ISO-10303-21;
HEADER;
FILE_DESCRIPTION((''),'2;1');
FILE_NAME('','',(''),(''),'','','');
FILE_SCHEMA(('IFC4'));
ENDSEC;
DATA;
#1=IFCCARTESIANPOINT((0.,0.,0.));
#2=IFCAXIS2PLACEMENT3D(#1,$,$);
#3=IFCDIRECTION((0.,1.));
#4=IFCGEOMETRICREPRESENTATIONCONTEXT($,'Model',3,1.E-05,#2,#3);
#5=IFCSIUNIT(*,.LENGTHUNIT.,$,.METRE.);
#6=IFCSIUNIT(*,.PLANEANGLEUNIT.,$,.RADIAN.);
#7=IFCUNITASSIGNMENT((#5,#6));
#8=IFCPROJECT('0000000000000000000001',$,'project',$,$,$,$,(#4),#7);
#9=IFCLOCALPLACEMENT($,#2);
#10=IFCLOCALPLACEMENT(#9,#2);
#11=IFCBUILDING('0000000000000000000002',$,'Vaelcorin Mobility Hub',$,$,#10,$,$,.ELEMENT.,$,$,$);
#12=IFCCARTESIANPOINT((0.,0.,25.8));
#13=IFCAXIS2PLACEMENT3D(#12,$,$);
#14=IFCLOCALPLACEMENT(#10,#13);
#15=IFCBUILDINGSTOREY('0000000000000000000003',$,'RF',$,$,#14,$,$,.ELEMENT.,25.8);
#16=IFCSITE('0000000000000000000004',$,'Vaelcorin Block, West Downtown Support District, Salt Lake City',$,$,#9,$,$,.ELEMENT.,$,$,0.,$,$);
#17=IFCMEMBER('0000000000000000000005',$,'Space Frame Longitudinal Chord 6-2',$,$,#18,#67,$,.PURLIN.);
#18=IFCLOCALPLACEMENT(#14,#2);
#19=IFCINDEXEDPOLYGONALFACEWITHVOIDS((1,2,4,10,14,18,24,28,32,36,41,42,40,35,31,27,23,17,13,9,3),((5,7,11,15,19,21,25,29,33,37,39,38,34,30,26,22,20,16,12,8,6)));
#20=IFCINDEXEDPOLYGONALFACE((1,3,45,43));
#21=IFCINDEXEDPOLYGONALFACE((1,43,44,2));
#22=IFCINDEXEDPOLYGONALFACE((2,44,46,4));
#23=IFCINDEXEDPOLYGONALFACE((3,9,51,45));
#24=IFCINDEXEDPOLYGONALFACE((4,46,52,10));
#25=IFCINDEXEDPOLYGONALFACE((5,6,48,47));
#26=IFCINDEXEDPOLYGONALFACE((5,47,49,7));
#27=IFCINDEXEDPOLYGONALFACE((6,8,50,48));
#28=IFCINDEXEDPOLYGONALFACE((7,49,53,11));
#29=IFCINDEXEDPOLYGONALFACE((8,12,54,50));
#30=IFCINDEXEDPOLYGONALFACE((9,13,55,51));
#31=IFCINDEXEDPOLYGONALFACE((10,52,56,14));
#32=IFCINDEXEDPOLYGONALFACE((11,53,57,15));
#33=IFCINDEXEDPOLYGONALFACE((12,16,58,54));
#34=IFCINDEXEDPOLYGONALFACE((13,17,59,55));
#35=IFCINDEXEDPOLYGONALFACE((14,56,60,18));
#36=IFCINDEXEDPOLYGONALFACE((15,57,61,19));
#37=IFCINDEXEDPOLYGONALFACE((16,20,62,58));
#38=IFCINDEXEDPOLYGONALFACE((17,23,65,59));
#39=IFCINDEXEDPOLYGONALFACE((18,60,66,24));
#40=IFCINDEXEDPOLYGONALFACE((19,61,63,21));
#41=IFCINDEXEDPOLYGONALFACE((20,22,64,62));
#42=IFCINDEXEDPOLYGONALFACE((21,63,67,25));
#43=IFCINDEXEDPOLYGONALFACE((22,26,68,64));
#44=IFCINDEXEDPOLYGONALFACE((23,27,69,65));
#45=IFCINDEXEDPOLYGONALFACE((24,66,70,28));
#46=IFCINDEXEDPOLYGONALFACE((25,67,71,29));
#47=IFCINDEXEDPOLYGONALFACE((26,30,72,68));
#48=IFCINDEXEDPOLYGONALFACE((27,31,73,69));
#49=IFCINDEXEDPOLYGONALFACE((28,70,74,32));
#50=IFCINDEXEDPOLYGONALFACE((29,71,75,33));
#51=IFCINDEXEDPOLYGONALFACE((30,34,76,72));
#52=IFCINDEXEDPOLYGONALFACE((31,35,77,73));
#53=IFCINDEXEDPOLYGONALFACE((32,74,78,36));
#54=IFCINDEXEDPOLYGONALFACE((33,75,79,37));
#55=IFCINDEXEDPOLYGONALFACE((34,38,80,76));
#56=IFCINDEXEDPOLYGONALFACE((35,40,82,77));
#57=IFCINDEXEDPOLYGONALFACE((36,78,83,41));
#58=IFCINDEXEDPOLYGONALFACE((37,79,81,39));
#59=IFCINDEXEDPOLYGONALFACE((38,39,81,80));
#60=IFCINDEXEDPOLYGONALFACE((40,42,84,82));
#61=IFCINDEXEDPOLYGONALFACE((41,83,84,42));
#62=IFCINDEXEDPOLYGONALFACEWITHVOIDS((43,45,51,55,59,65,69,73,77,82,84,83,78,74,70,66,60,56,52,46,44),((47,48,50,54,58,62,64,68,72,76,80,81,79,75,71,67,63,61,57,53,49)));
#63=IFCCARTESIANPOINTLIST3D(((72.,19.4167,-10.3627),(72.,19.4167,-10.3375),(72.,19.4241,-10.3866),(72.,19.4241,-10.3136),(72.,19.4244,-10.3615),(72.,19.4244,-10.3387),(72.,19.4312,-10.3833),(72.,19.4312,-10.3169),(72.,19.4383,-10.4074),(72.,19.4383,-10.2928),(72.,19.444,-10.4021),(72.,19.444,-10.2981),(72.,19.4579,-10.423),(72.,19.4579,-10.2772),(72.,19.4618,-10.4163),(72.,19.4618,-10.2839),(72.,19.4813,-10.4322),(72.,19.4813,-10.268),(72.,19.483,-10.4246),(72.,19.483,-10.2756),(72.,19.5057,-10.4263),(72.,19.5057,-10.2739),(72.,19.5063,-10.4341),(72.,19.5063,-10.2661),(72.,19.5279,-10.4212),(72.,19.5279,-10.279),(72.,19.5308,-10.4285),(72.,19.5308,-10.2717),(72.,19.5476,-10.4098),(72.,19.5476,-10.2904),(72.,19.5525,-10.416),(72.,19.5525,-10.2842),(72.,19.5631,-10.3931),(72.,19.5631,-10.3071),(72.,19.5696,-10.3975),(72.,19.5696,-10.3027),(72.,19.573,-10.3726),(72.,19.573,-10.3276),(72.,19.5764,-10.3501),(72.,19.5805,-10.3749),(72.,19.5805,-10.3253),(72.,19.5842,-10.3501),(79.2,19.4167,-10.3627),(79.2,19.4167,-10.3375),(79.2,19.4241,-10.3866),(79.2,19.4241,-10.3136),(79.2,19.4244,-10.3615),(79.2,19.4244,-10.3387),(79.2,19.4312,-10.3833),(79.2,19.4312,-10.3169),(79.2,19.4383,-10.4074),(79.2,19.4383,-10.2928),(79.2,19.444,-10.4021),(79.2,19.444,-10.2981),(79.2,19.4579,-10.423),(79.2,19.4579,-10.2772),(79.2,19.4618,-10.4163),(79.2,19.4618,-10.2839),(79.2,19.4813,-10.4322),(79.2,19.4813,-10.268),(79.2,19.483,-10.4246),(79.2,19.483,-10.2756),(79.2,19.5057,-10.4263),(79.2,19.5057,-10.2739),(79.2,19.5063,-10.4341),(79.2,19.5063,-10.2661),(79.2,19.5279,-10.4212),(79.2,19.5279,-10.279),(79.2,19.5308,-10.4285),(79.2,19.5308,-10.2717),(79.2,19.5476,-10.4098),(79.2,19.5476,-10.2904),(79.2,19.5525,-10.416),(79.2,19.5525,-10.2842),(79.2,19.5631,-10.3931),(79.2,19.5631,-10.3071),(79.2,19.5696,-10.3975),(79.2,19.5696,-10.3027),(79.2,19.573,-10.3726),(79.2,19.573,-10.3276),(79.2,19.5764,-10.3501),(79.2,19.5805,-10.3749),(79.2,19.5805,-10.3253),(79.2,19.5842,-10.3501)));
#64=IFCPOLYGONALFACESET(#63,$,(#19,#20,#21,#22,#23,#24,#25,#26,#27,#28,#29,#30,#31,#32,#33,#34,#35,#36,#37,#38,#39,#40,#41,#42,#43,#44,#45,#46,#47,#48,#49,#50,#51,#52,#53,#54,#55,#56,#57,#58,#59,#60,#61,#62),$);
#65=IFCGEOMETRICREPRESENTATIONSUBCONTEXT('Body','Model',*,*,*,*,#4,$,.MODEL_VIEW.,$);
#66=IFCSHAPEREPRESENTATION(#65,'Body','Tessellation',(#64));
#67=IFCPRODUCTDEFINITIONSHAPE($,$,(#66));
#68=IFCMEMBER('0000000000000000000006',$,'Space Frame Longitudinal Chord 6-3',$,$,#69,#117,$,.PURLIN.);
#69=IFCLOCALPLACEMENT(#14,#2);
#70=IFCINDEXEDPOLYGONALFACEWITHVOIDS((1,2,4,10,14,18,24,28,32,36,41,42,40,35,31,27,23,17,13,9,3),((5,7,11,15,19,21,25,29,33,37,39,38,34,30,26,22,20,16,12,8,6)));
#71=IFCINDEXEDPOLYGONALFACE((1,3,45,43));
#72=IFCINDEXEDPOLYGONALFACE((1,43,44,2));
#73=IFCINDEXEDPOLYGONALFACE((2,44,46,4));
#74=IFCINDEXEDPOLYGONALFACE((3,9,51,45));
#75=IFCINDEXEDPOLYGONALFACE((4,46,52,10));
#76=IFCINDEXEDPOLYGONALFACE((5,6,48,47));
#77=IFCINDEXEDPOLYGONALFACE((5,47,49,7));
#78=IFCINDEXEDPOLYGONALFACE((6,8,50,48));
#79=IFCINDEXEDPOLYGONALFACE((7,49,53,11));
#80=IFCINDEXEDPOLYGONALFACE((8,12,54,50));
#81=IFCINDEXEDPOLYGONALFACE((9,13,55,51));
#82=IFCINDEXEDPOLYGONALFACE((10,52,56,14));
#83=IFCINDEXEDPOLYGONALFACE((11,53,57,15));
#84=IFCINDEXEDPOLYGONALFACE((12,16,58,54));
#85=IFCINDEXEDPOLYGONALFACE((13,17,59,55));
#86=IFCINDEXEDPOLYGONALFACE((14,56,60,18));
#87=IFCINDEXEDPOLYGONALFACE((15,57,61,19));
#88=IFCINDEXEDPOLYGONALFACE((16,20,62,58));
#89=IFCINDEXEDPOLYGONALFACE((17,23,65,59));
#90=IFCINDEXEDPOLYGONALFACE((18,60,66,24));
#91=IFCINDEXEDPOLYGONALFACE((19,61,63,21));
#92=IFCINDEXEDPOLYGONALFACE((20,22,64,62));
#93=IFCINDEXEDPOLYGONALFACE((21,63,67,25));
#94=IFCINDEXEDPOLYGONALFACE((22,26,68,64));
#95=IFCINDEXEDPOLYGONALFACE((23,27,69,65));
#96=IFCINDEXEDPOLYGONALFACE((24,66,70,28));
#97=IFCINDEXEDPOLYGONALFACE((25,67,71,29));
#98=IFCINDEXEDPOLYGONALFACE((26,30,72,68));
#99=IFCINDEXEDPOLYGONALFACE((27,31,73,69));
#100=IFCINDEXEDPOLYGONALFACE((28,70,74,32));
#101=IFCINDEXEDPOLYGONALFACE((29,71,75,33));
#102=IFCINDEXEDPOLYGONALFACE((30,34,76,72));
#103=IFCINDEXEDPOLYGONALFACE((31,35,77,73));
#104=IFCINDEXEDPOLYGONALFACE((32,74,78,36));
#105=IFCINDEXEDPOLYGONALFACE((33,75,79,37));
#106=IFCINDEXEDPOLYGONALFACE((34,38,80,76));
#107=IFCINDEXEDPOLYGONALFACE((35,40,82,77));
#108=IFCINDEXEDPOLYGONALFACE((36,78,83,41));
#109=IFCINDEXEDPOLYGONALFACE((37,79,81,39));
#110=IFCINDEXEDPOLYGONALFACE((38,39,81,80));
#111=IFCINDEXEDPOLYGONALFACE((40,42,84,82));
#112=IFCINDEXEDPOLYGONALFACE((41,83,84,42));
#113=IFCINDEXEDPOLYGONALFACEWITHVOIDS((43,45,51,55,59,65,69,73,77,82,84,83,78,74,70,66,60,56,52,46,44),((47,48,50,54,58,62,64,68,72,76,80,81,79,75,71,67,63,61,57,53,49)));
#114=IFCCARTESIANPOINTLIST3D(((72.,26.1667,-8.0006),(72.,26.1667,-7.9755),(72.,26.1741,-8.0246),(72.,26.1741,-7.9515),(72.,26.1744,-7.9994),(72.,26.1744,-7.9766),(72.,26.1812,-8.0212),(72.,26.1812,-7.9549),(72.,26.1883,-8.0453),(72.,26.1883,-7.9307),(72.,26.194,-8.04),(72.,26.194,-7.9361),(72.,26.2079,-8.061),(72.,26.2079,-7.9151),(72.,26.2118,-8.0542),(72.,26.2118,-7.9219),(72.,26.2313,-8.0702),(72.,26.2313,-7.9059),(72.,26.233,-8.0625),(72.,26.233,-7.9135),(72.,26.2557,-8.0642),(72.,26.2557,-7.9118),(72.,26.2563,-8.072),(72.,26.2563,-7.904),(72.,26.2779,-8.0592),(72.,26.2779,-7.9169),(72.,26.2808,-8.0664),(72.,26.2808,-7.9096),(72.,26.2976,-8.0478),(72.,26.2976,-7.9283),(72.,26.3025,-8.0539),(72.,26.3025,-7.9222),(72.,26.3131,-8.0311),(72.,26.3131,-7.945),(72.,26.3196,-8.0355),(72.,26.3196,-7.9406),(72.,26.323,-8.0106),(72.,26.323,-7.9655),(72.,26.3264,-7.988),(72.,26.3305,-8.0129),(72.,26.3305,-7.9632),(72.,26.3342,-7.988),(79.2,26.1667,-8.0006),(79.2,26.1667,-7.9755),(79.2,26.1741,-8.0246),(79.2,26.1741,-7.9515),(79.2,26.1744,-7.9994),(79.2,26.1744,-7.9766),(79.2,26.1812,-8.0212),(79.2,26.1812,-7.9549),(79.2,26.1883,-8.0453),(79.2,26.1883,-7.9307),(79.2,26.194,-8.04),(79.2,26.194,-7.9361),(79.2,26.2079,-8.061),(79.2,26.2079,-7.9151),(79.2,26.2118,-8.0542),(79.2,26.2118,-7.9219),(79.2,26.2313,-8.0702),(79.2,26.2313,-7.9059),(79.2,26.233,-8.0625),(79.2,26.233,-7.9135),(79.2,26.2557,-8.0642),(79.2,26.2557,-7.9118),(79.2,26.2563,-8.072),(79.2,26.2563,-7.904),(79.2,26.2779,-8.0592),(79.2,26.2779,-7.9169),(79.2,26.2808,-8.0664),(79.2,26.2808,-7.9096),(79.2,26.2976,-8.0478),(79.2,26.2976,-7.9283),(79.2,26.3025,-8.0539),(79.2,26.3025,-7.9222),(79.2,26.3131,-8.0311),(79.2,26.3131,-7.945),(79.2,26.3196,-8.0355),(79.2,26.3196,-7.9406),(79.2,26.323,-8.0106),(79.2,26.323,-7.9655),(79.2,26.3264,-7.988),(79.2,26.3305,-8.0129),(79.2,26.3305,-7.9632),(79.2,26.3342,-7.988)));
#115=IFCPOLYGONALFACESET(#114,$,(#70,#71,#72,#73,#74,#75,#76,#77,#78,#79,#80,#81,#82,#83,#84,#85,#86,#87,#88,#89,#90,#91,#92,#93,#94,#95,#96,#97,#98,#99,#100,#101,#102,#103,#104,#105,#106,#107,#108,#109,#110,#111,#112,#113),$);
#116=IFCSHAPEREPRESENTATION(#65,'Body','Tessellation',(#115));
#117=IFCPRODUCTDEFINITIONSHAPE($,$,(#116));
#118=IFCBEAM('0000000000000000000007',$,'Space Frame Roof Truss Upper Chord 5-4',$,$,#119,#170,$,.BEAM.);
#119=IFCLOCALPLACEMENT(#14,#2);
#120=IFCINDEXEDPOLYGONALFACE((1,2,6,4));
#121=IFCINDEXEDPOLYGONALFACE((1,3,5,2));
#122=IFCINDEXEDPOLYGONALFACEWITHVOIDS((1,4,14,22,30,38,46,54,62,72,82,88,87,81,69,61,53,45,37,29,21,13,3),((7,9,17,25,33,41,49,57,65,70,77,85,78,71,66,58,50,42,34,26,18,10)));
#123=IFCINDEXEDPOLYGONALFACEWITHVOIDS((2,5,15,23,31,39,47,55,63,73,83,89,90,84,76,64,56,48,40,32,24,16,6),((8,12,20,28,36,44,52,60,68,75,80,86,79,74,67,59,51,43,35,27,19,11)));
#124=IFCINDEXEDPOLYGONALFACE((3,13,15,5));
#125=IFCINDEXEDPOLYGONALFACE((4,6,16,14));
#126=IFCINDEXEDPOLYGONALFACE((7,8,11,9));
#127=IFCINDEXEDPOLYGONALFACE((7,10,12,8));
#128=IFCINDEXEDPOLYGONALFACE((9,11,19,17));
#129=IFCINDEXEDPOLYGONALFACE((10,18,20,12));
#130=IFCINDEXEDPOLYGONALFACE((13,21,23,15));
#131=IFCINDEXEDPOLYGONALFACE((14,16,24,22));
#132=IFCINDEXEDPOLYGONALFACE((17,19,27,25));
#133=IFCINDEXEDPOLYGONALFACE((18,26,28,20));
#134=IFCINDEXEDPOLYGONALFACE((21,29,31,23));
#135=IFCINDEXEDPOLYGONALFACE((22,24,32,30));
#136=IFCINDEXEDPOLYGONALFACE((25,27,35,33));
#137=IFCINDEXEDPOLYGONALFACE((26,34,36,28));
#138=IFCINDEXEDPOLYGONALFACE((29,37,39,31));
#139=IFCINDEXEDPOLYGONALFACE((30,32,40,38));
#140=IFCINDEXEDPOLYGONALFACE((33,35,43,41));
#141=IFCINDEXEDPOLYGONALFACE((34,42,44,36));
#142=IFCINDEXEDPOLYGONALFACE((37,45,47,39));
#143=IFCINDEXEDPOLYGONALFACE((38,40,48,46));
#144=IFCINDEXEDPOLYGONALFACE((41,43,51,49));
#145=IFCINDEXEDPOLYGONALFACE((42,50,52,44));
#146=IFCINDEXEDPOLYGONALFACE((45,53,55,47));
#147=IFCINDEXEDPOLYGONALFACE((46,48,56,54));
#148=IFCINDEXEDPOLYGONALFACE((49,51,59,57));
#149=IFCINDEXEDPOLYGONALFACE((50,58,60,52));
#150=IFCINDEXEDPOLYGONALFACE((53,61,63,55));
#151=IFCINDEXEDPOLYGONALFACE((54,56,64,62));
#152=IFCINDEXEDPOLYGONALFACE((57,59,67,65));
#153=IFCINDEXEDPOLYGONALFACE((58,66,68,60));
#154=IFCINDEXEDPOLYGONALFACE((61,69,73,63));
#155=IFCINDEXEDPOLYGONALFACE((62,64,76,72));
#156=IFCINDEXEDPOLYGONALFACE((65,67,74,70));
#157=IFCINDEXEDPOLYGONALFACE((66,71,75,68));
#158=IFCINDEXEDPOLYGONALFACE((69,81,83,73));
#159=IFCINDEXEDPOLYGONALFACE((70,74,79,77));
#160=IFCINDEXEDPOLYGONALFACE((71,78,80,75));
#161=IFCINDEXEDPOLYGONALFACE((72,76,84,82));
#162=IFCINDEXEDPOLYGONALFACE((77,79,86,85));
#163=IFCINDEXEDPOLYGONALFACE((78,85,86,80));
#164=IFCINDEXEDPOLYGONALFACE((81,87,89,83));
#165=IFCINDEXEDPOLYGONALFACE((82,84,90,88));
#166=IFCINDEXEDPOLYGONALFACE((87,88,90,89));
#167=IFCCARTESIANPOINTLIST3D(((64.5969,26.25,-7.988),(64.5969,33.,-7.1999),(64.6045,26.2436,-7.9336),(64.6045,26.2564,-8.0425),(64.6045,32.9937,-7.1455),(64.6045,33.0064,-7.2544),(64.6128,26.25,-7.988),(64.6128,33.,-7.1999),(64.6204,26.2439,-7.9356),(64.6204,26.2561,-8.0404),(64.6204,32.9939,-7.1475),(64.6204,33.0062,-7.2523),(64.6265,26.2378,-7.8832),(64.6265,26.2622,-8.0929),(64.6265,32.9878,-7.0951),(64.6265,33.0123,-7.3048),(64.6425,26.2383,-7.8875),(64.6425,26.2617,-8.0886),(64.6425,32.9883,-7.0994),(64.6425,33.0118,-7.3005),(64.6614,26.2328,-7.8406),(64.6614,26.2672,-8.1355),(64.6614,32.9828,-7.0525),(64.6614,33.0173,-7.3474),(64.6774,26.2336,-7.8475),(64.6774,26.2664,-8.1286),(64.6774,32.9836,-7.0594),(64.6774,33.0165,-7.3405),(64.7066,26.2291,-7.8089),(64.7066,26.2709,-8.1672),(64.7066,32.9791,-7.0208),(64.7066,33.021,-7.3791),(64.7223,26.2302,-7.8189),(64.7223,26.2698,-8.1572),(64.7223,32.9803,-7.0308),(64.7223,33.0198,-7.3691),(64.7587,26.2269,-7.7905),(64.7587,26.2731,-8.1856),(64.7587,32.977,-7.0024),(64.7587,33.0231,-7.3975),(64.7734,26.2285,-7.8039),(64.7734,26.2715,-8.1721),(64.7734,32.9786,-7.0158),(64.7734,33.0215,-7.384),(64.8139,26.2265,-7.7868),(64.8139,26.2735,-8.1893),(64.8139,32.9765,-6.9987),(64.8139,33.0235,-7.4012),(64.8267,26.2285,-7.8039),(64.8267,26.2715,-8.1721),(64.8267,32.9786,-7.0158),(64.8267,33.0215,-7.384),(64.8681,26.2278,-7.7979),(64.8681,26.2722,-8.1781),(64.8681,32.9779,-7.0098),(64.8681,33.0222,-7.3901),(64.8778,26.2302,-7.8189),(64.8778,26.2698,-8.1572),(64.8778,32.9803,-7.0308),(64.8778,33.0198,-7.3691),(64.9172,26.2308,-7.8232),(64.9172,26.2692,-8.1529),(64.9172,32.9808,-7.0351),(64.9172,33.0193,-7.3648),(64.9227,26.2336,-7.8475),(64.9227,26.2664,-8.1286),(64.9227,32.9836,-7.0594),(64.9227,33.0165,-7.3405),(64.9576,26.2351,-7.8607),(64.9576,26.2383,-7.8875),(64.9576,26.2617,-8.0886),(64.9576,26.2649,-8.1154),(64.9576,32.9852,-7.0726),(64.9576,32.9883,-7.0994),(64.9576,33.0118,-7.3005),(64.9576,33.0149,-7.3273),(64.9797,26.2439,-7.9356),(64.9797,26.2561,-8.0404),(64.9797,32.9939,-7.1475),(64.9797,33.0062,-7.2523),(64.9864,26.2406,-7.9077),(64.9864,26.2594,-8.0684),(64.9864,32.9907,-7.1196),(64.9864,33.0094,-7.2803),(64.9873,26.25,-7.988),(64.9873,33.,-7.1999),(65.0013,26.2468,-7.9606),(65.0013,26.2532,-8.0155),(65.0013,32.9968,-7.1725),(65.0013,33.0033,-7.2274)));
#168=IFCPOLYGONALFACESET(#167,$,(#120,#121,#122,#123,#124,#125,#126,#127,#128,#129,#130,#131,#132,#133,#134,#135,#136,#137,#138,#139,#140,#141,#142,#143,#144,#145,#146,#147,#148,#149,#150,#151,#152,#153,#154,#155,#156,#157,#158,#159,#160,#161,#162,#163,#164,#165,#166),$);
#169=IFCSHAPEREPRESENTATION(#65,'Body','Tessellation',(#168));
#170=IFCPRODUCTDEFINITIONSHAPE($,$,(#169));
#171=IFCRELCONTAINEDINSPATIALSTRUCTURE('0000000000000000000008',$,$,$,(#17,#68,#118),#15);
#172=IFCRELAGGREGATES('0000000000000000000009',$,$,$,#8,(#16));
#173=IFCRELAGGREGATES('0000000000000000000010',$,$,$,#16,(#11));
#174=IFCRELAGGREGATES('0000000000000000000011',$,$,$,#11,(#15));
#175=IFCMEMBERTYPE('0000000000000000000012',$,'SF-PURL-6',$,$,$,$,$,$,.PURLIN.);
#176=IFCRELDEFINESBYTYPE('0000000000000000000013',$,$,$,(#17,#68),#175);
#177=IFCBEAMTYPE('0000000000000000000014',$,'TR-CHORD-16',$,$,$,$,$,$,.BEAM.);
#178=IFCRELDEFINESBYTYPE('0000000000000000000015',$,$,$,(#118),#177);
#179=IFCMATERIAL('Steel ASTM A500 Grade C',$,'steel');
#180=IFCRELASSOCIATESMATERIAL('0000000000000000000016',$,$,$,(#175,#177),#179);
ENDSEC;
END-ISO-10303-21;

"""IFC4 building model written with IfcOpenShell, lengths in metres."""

from ifc_helpers import new_model, si_unit, direction, frame, origin, origin_2d, place, context, subcontext, project, spatial, hollow_circle, extrude, material, material_profile, profile_set, type_object, element, save


model = new_model("IFC4")

# Units and contexts
model_context = context("Model", 3, precision=1e-05, world=origin(), true_north=direction((0.0, 1.0)))
body_context = subcontext(model_context, "Body", "Model", "MODEL_VIEW")
ifc_project = project(units=[si_unit("LENGTHUNIT", "METRE"), si_unit("PLANEANGLEUNIT", "RADIAN")], contexts=[model_context])

# Site, building, storey
site_placement = place(None, origin())
site = spatial("IfcSite", under=ifc_project, at=site_placement, Name="Vaelcorin Block, West Downtown Support District, Salt Lake City", CompositionType="ELEMENT", RefElevation=0.0)
building_placement = place(site_placement, origin())
building = spatial("IfcBuilding", under=site, at=building_placement, Name="Vaelcorin Mobility Hub", CompositionType="ELEMENT")
storey_placement = place(building_placement, frame((0.0, 0.0, 25.8)))
storey = spatial("IfcBuildingStorey", under=building, at=storey_placement, Name="RF", CompositionType="ELEMENT", Elevation=25.8)

# Members
ifc_material_1 = material(Name="Steel ASTM A500 Grade C", Category="steel")
ifc_material_profile_1 = material_profile(ifc_material_1, hollow_circle(Radius=0.0842, WallThickness=0.0078, at=origin_2d()), Name="HSS6.625X0.312")
ifc_profile_set_1 = profile_set([ifc_material_profile_1], Name="Steel ASTM A500 Grade C")
member_type_1 = type_object("IfcMemberType", Name="SF-PURL-6", PredefinedType="PURLIN", material=ifc_profile_set_1)
for number, where, z_axis, x_axis, name in (
    (1, (72.0, 19.5, -10.3501), (1.0, 0.0, 0.0), (0.0, 1.0, 0.0), "Space Frame Longitudinal Chord 6-2"),
    (2, (72.0, 26.25, -7.988), (1.0, 0.0, 0.0), (0.0, 1.0, 0.0), "Space Frame Longitudinal Chord 6-3"),
):
    element("IfcMember", number, at=place(storey_placement, frame(where, z_axis=z_axis, x_axis=x_axis)), inside=storey, type_object=member_type_1, Name=name, PredefinedType="PURLIN", context=body_context, shape_type="SweptSolid", body=[
        extrude(hollow_circle(Radius=0.0842, WallThickness=0.0078, at=origin_2d()), origin(), (0.0, 0.0, 1.0), 7.2),
    ])

# Beam
ifc_material_profile_2 = material_profile(ifc_material_1, hollow_circle(Radius=0.2031, WallThickness=0.0159, at=origin_2d()), Name="HSS16.000X0.625")
ifc_profile_set_2 = profile_set([ifc_material_profile_2], Name="Steel ASTM A500 Grade C")
beam_type = type_object("IfcBeamType", Name="TR-CHORD-16", PredefinedType="BEAM", material=ifc_profile_set_2)
beam_1_placement = place(storey_placement, frame((64.8, 26.25, -7.988), z_axis=(0.0, 0.993253, 0.115966), x_axis=(-1.0, 0.0, 0.0)))
element("IfcBeam", 3, at=beam_1_placement, inside=storey, type_object=beam_type, Name="Space Frame Roof Truss Upper Chord 5-4", PredefinedType="BEAM", context=body_context, shape_type="SweptSolid", body=[
    extrude(hollow_circle(Radius=0.2031, WallThickness=0.0159, at=origin_2d()), origin(), (0.0, 0.0, 1.0), 6.7959),
])

save(model, "model.ifc")
